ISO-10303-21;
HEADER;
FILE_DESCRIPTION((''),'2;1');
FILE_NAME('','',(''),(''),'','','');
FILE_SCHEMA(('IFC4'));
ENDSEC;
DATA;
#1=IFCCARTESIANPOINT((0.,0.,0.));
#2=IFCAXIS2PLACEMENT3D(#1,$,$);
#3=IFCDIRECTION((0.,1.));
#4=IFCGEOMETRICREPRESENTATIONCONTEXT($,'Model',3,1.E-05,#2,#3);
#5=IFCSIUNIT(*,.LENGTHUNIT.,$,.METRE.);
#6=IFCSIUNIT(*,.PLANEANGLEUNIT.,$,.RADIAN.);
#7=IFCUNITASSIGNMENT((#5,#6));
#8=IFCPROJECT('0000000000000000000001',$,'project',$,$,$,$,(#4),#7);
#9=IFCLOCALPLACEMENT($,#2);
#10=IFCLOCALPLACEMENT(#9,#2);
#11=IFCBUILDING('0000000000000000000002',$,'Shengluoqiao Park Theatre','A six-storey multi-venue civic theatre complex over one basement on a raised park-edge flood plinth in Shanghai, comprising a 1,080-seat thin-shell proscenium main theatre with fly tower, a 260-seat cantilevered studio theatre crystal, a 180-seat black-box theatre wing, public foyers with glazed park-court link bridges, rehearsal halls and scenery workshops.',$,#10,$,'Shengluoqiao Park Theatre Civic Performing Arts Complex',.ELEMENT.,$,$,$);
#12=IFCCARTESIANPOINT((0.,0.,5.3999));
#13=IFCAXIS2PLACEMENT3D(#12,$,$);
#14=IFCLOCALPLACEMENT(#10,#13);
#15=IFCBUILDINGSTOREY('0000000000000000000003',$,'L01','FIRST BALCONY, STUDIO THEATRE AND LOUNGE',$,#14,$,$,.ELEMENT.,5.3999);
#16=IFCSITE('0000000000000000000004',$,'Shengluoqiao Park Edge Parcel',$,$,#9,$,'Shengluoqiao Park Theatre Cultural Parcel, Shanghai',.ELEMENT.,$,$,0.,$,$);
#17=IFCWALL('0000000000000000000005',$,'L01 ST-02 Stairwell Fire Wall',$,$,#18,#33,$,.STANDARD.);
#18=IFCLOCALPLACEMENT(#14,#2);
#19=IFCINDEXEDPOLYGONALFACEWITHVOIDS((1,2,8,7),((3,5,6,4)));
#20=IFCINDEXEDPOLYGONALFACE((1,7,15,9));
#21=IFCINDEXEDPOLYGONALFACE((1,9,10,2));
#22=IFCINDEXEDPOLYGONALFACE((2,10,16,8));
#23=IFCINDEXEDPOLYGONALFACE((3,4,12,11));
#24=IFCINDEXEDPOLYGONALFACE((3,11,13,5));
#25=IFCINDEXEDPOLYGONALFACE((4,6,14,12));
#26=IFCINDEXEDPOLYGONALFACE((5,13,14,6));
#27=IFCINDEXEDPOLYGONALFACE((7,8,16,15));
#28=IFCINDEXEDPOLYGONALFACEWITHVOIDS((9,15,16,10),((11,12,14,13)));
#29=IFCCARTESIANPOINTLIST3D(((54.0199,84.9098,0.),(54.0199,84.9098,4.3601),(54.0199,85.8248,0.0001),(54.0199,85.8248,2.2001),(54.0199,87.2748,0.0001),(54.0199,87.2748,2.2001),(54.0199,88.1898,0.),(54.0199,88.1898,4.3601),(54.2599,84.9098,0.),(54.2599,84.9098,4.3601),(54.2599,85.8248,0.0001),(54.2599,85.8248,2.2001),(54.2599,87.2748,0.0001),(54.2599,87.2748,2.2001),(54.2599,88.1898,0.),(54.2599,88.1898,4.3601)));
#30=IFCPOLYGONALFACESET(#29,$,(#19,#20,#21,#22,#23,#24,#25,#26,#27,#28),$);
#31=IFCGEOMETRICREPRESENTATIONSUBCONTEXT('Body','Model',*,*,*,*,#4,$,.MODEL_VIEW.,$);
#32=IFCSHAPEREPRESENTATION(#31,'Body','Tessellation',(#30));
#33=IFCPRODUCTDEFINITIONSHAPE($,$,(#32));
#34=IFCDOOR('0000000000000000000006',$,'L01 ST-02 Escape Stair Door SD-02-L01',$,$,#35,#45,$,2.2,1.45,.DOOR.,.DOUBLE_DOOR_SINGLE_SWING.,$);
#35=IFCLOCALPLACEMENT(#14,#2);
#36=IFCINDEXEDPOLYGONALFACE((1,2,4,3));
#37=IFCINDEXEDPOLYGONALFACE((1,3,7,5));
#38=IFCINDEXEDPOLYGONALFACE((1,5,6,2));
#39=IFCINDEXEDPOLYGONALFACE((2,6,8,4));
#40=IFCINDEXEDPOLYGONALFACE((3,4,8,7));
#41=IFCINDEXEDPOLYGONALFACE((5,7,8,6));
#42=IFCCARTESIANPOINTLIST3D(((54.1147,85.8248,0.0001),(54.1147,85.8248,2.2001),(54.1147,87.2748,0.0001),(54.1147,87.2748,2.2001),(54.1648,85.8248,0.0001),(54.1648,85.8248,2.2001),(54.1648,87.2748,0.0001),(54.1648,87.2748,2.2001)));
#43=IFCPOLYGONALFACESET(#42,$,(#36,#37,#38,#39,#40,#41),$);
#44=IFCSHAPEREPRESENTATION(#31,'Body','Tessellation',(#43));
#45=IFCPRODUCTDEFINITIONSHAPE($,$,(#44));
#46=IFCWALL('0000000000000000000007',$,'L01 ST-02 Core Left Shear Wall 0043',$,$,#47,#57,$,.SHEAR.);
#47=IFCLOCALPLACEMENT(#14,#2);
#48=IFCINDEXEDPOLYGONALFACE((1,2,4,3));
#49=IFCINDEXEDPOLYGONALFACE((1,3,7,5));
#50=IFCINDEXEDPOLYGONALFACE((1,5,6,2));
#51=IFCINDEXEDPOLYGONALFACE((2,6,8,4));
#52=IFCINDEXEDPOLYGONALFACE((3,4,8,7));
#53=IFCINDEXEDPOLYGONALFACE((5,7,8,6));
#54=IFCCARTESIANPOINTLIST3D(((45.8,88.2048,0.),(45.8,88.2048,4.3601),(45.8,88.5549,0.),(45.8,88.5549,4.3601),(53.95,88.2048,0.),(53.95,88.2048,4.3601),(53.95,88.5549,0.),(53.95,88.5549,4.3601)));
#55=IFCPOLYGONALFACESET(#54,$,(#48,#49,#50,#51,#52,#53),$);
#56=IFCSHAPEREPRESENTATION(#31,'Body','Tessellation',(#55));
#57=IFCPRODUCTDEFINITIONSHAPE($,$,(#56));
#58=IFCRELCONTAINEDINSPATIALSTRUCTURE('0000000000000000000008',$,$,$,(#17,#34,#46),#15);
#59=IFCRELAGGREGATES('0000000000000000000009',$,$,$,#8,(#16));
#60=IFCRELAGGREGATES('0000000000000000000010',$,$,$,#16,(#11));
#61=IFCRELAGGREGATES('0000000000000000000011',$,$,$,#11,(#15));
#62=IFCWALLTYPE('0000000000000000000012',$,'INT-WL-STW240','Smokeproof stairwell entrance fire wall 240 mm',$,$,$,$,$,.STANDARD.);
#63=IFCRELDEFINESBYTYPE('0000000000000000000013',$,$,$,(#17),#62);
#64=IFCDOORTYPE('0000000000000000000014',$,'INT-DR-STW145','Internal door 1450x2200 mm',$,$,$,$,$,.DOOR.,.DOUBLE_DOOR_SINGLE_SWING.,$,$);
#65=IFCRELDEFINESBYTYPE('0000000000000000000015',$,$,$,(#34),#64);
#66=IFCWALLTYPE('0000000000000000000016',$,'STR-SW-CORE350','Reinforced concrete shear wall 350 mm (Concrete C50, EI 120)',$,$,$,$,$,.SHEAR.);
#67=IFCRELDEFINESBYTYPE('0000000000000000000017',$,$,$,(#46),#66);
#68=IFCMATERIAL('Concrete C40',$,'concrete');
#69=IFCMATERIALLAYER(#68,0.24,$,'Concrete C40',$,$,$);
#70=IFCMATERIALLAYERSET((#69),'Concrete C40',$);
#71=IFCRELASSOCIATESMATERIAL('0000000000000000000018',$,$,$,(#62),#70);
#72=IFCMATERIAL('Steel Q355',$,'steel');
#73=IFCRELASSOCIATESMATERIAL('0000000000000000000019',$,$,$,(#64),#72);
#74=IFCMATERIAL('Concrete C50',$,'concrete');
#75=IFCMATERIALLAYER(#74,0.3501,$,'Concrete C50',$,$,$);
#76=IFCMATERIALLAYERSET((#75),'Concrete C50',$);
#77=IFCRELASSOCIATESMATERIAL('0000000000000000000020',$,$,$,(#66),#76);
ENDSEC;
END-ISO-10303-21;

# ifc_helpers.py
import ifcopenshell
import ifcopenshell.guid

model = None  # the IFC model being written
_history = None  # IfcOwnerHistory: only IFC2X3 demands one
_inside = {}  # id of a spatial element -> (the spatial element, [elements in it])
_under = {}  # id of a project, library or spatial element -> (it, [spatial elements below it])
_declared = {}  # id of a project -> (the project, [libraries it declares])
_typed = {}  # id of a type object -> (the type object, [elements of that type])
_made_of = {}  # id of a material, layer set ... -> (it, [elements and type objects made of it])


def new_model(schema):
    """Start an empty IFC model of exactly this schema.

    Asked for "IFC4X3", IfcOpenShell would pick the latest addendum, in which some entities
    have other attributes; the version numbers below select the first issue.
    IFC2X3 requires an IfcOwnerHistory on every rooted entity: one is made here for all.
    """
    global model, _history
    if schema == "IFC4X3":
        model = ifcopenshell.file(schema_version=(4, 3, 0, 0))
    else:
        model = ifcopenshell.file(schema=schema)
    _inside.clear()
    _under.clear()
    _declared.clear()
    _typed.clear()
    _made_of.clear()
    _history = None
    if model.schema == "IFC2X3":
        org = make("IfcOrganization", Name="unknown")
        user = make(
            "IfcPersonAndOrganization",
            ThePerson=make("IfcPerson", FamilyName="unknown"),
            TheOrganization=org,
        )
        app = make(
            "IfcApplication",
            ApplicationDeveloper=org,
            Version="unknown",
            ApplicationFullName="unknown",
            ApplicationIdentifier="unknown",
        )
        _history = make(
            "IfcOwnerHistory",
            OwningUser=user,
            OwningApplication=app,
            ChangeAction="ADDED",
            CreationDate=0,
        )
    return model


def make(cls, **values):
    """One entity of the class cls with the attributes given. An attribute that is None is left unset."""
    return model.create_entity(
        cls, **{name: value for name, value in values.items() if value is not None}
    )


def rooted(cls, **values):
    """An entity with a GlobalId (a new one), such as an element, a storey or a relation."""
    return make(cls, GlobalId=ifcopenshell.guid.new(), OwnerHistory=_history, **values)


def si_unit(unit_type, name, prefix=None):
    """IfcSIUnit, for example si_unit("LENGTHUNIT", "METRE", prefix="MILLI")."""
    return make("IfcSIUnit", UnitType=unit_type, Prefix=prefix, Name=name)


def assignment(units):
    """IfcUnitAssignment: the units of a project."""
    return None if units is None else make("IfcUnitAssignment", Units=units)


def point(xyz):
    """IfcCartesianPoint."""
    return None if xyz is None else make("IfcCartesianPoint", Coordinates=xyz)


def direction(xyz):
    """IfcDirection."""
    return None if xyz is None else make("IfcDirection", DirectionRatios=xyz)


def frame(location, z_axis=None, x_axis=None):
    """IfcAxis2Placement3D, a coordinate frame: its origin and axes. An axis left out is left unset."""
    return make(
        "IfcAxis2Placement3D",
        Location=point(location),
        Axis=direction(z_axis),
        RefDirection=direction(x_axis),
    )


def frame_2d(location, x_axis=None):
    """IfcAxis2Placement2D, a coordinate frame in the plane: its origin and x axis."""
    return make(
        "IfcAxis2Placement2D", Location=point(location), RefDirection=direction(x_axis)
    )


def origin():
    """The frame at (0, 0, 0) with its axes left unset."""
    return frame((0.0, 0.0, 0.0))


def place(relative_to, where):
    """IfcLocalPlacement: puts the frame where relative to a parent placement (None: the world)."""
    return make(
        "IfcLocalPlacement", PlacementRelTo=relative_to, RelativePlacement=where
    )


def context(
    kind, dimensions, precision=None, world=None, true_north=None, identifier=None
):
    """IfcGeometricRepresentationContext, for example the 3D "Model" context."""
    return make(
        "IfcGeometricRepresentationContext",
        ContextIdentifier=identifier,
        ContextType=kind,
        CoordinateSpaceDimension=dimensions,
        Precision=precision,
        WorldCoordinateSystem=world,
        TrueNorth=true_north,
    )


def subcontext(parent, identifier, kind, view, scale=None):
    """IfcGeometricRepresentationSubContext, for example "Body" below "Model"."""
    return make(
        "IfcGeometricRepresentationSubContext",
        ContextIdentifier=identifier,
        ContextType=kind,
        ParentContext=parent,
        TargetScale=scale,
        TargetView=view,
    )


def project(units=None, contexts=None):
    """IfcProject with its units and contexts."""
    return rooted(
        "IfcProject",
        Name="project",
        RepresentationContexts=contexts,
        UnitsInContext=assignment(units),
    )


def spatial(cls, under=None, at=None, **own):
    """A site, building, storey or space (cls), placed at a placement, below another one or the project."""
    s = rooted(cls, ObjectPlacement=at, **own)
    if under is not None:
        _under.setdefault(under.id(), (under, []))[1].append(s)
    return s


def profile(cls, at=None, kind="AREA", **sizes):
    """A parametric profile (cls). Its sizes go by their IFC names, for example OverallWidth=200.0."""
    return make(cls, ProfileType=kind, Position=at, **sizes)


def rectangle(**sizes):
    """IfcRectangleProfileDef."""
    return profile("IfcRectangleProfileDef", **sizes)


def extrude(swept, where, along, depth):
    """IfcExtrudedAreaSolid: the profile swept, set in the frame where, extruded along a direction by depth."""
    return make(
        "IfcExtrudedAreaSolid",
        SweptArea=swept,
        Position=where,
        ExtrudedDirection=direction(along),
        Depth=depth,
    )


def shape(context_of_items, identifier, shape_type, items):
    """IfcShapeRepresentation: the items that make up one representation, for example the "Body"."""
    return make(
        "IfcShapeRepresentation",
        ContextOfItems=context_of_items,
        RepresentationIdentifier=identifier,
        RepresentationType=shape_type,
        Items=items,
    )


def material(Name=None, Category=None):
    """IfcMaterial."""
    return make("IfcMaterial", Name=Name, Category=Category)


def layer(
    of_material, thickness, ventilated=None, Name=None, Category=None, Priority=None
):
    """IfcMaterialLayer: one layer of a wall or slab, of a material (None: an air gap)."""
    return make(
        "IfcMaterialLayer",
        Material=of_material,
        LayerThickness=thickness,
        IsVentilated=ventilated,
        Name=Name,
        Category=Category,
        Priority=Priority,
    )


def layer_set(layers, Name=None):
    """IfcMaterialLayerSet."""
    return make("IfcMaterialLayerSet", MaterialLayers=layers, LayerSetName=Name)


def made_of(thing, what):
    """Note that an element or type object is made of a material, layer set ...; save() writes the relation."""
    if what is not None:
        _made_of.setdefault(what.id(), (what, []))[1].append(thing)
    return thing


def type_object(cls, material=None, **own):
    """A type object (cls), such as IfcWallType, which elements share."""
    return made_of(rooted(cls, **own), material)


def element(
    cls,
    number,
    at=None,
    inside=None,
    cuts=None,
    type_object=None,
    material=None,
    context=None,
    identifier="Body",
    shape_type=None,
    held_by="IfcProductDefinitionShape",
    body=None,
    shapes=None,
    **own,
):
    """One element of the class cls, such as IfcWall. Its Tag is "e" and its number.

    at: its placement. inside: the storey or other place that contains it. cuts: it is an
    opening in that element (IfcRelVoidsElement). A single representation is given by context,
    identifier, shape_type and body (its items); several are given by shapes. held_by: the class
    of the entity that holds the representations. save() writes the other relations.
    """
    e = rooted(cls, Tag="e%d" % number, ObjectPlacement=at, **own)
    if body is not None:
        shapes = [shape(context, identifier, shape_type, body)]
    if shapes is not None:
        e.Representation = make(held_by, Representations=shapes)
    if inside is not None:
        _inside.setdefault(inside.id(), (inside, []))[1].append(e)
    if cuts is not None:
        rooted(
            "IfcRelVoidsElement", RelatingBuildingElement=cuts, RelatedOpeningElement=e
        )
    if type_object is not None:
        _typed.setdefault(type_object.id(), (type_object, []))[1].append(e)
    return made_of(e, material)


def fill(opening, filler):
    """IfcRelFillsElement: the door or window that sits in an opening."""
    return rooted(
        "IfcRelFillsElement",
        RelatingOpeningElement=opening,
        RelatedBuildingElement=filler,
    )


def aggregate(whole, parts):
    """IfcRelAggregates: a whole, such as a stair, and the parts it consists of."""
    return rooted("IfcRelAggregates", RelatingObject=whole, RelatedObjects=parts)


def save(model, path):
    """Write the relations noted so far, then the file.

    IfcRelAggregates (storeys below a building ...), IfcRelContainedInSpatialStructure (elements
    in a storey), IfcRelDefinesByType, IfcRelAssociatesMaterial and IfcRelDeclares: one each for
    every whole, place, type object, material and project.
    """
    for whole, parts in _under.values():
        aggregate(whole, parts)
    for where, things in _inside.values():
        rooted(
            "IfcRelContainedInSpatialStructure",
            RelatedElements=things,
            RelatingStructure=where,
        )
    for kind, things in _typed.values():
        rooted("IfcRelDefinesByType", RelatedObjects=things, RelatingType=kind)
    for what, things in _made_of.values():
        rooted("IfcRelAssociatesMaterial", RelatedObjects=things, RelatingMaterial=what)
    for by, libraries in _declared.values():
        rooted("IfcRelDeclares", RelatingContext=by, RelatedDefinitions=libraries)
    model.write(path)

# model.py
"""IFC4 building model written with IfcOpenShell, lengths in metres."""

from ifc_helpers import new_model, si_unit, direction, frame, frame_2d, origin, place, context, subcontext, project, spatial, rectangle, extrude, material, layer, layer_set, type_object, element, fill, save


model = new_model("IFC4")

# Units and contexts
model_context = context("Model", 3, precision=1e-05, world=origin(), true_north=direction((0.0, 1.0)))
body_context = subcontext(model_context, "Body", "Model", "MODEL_VIEW")
ifc_project = project(units=[si_unit("LENGTHUNIT", "METRE"), si_unit("PLANEANGLEUNIT", "RADIAN")], contexts=[model_context])

# Site, building, storey
site_placement = place(None, origin())
site = spatial("IfcSite", under=ifc_project, at=site_placement, Name="Shengluoqiao Park Edge Parcel", LongName="Shengluoqiao Park Theatre Cultural Parcel, Shanghai", CompositionType="ELEMENT", RefElevation=0.0)
building_placement = place(site_placement, origin())
building = spatial("IfcBuilding", under=site, at=building_placement, Name="Shengluoqiao Park Theatre", Description="A six-storey multi-venue civic theatre complex over one basement on a raised park-edge flood plinth in Shanghai, comprising a 1,080-seat thin-shell proscenium main theatre with fly tower, a 260-seat cantilevered studio theatre crystal, a 180-seat black-box theatre wing, public foyers with glazed park-court link bridges, rehearsal halls and scenery workshops.", LongName="Shengluoqiao Park Theatre Civic Performing Arts Complex", CompositionType="ELEMENT")
storey_placement = place(building_placement, frame((0.0, 0.0, 5.3999)))
storey = spatial("IfcBuildingStorey", under=building, at=storey_placement, Name="L01", Description="FIRST BALCONY, STUDIO THEATRE AND LOUNGE", CompositionType="ELEMENT", Elevation=5.3999)

# Shared definitions
ifc_material_1 = material(Name="Concrete C50", Category="concrete")

# Shared definitions
ifc_material_2 = material(Name="Steel Q355", Category="steel")

# Wall, opening, door
ifc_material_3 = material(Name="Concrete C40", Category="concrete")
ifc_layer_1 = layer(ifc_material_3, 0.24, Name="Concrete C40")
ifc_layer_set_1 = layer_set([ifc_layer_1], Name="Concrete C40")
wall_type_1 = type_object("IfcWallType", Name="INT-WL-STW240", Description="Smokeproof stairwell entrance fire wall 240 mm", PredefinedType="STANDARD", material=ifc_layer_set_1)
wall_1_placement = place(storey_placement, frame((54.1399, 88.1899, 0.0), z_axis=(0.0, 0.0, 1.0), x_axis=(0.0, -1.0, 0.0)))
wall_1 = element("IfcWall", 1, at=wall_1_placement, inside=storey, type_object=wall_type_1, Name="L01 ST-02 Stairwell Fire Wall", PredefinedType="STANDARD", context=body_context, shape_type="SweptSolid", body=[
    extrude(rectangle(XDim=3.28, YDim=0.24, at=frame_2d((1.6401, 0.0))), origin(), (0.0, 0.0, 1.0), 4.3601),
])
opening_1_placement = place(wall_1_placement, frame((0.915, 0.0, 0.0)))
opening_1 = element("IfcOpeningElement", 2, at=opening_1_placement, cuts=wall_1, PredefinedType="OPENING", context=body_context, shape_type="SweptSolid", body=[
    extrude(rectangle(XDim=1.45, YDim=2.2, at=frame_2d((0.7251, 1.1001))), frame((0.0, 0.1299, 0.0), z_axis=(0.0, -1.0, 0.0), x_axis=(1.0, 0.0, 0.0)), (0.0, 0.0, 1.0), 0.26),
])
door_type_1 = type_object("IfcDoorType", Name="INT-DR-STW145", Description="Internal door 1450x2200 mm", OperationType="DOUBLE_DOOR_SINGLE_SWING", PredefinedType="DOOR", material=ifc_material_2)
door_1_placement = place(opening_1_placement, origin())
door_1 = element("IfcDoor", 3, at=door_1_placement, inside=storey, type_object=door_type_1, Name="L01 ST-02 Escape Stair Door SD-02-L01", OperationType="DOUBLE_DOOR_SINGLE_SWING", OverallHeight=2.2, OverallWidth=1.45, PredefinedType="DOOR", context=body_context, shape_type="SweptSolid", body=[
    extrude(rectangle(XDim=1.45, YDim=2.2, at=frame_2d((0.7251, 1.1001))), frame((0.0, 0.0249, 0.0), z_axis=(0.0, -1.0, 0.0), x_axis=(1.0, 0.0, 0.0)), (0.0, 0.0, 1.0), 0.05),
])
fill(opening_1, door_1)

# Wall
ifc_layer_2 = layer(ifc_material_1, 0.3501, Name="Concrete C50")
ifc_layer_set_2 = layer_set([ifc_layer_2], Name="Concrete C50")
wall_type_2 = type_object("IfcWallType", Name="STR-SW-CORE350", Description="Reinforced concrete shear wall 350 mm (Concrete C50, EI 120)", PredefinedType="SHEAR", material=ifc_layer_set_2)
wall_2_placement = place(storey_placement, frame((53.95, 88.3799, 0.0), z_axis=(0.0, 0.0, 1.0), x_axis=(-1.0, 0.0, 0.0)))
element("IfcWall", 4, at=wall_2_placement, inside=storey, type_object=wall_type_2, Name="L01 ST-02 Core Left Shear Wall 0043", PredefinedType="SHEAR", context=body_context, shape_type="SweptSolid", body=[
    extrude(rectangle(XDim=8.1499, YDim=0.3501, at=frame_2d((4.075, 0.0))), origin(), (0.0, 0.0, 1.0), 4.3601),
])

save(model, "model.ifc")
